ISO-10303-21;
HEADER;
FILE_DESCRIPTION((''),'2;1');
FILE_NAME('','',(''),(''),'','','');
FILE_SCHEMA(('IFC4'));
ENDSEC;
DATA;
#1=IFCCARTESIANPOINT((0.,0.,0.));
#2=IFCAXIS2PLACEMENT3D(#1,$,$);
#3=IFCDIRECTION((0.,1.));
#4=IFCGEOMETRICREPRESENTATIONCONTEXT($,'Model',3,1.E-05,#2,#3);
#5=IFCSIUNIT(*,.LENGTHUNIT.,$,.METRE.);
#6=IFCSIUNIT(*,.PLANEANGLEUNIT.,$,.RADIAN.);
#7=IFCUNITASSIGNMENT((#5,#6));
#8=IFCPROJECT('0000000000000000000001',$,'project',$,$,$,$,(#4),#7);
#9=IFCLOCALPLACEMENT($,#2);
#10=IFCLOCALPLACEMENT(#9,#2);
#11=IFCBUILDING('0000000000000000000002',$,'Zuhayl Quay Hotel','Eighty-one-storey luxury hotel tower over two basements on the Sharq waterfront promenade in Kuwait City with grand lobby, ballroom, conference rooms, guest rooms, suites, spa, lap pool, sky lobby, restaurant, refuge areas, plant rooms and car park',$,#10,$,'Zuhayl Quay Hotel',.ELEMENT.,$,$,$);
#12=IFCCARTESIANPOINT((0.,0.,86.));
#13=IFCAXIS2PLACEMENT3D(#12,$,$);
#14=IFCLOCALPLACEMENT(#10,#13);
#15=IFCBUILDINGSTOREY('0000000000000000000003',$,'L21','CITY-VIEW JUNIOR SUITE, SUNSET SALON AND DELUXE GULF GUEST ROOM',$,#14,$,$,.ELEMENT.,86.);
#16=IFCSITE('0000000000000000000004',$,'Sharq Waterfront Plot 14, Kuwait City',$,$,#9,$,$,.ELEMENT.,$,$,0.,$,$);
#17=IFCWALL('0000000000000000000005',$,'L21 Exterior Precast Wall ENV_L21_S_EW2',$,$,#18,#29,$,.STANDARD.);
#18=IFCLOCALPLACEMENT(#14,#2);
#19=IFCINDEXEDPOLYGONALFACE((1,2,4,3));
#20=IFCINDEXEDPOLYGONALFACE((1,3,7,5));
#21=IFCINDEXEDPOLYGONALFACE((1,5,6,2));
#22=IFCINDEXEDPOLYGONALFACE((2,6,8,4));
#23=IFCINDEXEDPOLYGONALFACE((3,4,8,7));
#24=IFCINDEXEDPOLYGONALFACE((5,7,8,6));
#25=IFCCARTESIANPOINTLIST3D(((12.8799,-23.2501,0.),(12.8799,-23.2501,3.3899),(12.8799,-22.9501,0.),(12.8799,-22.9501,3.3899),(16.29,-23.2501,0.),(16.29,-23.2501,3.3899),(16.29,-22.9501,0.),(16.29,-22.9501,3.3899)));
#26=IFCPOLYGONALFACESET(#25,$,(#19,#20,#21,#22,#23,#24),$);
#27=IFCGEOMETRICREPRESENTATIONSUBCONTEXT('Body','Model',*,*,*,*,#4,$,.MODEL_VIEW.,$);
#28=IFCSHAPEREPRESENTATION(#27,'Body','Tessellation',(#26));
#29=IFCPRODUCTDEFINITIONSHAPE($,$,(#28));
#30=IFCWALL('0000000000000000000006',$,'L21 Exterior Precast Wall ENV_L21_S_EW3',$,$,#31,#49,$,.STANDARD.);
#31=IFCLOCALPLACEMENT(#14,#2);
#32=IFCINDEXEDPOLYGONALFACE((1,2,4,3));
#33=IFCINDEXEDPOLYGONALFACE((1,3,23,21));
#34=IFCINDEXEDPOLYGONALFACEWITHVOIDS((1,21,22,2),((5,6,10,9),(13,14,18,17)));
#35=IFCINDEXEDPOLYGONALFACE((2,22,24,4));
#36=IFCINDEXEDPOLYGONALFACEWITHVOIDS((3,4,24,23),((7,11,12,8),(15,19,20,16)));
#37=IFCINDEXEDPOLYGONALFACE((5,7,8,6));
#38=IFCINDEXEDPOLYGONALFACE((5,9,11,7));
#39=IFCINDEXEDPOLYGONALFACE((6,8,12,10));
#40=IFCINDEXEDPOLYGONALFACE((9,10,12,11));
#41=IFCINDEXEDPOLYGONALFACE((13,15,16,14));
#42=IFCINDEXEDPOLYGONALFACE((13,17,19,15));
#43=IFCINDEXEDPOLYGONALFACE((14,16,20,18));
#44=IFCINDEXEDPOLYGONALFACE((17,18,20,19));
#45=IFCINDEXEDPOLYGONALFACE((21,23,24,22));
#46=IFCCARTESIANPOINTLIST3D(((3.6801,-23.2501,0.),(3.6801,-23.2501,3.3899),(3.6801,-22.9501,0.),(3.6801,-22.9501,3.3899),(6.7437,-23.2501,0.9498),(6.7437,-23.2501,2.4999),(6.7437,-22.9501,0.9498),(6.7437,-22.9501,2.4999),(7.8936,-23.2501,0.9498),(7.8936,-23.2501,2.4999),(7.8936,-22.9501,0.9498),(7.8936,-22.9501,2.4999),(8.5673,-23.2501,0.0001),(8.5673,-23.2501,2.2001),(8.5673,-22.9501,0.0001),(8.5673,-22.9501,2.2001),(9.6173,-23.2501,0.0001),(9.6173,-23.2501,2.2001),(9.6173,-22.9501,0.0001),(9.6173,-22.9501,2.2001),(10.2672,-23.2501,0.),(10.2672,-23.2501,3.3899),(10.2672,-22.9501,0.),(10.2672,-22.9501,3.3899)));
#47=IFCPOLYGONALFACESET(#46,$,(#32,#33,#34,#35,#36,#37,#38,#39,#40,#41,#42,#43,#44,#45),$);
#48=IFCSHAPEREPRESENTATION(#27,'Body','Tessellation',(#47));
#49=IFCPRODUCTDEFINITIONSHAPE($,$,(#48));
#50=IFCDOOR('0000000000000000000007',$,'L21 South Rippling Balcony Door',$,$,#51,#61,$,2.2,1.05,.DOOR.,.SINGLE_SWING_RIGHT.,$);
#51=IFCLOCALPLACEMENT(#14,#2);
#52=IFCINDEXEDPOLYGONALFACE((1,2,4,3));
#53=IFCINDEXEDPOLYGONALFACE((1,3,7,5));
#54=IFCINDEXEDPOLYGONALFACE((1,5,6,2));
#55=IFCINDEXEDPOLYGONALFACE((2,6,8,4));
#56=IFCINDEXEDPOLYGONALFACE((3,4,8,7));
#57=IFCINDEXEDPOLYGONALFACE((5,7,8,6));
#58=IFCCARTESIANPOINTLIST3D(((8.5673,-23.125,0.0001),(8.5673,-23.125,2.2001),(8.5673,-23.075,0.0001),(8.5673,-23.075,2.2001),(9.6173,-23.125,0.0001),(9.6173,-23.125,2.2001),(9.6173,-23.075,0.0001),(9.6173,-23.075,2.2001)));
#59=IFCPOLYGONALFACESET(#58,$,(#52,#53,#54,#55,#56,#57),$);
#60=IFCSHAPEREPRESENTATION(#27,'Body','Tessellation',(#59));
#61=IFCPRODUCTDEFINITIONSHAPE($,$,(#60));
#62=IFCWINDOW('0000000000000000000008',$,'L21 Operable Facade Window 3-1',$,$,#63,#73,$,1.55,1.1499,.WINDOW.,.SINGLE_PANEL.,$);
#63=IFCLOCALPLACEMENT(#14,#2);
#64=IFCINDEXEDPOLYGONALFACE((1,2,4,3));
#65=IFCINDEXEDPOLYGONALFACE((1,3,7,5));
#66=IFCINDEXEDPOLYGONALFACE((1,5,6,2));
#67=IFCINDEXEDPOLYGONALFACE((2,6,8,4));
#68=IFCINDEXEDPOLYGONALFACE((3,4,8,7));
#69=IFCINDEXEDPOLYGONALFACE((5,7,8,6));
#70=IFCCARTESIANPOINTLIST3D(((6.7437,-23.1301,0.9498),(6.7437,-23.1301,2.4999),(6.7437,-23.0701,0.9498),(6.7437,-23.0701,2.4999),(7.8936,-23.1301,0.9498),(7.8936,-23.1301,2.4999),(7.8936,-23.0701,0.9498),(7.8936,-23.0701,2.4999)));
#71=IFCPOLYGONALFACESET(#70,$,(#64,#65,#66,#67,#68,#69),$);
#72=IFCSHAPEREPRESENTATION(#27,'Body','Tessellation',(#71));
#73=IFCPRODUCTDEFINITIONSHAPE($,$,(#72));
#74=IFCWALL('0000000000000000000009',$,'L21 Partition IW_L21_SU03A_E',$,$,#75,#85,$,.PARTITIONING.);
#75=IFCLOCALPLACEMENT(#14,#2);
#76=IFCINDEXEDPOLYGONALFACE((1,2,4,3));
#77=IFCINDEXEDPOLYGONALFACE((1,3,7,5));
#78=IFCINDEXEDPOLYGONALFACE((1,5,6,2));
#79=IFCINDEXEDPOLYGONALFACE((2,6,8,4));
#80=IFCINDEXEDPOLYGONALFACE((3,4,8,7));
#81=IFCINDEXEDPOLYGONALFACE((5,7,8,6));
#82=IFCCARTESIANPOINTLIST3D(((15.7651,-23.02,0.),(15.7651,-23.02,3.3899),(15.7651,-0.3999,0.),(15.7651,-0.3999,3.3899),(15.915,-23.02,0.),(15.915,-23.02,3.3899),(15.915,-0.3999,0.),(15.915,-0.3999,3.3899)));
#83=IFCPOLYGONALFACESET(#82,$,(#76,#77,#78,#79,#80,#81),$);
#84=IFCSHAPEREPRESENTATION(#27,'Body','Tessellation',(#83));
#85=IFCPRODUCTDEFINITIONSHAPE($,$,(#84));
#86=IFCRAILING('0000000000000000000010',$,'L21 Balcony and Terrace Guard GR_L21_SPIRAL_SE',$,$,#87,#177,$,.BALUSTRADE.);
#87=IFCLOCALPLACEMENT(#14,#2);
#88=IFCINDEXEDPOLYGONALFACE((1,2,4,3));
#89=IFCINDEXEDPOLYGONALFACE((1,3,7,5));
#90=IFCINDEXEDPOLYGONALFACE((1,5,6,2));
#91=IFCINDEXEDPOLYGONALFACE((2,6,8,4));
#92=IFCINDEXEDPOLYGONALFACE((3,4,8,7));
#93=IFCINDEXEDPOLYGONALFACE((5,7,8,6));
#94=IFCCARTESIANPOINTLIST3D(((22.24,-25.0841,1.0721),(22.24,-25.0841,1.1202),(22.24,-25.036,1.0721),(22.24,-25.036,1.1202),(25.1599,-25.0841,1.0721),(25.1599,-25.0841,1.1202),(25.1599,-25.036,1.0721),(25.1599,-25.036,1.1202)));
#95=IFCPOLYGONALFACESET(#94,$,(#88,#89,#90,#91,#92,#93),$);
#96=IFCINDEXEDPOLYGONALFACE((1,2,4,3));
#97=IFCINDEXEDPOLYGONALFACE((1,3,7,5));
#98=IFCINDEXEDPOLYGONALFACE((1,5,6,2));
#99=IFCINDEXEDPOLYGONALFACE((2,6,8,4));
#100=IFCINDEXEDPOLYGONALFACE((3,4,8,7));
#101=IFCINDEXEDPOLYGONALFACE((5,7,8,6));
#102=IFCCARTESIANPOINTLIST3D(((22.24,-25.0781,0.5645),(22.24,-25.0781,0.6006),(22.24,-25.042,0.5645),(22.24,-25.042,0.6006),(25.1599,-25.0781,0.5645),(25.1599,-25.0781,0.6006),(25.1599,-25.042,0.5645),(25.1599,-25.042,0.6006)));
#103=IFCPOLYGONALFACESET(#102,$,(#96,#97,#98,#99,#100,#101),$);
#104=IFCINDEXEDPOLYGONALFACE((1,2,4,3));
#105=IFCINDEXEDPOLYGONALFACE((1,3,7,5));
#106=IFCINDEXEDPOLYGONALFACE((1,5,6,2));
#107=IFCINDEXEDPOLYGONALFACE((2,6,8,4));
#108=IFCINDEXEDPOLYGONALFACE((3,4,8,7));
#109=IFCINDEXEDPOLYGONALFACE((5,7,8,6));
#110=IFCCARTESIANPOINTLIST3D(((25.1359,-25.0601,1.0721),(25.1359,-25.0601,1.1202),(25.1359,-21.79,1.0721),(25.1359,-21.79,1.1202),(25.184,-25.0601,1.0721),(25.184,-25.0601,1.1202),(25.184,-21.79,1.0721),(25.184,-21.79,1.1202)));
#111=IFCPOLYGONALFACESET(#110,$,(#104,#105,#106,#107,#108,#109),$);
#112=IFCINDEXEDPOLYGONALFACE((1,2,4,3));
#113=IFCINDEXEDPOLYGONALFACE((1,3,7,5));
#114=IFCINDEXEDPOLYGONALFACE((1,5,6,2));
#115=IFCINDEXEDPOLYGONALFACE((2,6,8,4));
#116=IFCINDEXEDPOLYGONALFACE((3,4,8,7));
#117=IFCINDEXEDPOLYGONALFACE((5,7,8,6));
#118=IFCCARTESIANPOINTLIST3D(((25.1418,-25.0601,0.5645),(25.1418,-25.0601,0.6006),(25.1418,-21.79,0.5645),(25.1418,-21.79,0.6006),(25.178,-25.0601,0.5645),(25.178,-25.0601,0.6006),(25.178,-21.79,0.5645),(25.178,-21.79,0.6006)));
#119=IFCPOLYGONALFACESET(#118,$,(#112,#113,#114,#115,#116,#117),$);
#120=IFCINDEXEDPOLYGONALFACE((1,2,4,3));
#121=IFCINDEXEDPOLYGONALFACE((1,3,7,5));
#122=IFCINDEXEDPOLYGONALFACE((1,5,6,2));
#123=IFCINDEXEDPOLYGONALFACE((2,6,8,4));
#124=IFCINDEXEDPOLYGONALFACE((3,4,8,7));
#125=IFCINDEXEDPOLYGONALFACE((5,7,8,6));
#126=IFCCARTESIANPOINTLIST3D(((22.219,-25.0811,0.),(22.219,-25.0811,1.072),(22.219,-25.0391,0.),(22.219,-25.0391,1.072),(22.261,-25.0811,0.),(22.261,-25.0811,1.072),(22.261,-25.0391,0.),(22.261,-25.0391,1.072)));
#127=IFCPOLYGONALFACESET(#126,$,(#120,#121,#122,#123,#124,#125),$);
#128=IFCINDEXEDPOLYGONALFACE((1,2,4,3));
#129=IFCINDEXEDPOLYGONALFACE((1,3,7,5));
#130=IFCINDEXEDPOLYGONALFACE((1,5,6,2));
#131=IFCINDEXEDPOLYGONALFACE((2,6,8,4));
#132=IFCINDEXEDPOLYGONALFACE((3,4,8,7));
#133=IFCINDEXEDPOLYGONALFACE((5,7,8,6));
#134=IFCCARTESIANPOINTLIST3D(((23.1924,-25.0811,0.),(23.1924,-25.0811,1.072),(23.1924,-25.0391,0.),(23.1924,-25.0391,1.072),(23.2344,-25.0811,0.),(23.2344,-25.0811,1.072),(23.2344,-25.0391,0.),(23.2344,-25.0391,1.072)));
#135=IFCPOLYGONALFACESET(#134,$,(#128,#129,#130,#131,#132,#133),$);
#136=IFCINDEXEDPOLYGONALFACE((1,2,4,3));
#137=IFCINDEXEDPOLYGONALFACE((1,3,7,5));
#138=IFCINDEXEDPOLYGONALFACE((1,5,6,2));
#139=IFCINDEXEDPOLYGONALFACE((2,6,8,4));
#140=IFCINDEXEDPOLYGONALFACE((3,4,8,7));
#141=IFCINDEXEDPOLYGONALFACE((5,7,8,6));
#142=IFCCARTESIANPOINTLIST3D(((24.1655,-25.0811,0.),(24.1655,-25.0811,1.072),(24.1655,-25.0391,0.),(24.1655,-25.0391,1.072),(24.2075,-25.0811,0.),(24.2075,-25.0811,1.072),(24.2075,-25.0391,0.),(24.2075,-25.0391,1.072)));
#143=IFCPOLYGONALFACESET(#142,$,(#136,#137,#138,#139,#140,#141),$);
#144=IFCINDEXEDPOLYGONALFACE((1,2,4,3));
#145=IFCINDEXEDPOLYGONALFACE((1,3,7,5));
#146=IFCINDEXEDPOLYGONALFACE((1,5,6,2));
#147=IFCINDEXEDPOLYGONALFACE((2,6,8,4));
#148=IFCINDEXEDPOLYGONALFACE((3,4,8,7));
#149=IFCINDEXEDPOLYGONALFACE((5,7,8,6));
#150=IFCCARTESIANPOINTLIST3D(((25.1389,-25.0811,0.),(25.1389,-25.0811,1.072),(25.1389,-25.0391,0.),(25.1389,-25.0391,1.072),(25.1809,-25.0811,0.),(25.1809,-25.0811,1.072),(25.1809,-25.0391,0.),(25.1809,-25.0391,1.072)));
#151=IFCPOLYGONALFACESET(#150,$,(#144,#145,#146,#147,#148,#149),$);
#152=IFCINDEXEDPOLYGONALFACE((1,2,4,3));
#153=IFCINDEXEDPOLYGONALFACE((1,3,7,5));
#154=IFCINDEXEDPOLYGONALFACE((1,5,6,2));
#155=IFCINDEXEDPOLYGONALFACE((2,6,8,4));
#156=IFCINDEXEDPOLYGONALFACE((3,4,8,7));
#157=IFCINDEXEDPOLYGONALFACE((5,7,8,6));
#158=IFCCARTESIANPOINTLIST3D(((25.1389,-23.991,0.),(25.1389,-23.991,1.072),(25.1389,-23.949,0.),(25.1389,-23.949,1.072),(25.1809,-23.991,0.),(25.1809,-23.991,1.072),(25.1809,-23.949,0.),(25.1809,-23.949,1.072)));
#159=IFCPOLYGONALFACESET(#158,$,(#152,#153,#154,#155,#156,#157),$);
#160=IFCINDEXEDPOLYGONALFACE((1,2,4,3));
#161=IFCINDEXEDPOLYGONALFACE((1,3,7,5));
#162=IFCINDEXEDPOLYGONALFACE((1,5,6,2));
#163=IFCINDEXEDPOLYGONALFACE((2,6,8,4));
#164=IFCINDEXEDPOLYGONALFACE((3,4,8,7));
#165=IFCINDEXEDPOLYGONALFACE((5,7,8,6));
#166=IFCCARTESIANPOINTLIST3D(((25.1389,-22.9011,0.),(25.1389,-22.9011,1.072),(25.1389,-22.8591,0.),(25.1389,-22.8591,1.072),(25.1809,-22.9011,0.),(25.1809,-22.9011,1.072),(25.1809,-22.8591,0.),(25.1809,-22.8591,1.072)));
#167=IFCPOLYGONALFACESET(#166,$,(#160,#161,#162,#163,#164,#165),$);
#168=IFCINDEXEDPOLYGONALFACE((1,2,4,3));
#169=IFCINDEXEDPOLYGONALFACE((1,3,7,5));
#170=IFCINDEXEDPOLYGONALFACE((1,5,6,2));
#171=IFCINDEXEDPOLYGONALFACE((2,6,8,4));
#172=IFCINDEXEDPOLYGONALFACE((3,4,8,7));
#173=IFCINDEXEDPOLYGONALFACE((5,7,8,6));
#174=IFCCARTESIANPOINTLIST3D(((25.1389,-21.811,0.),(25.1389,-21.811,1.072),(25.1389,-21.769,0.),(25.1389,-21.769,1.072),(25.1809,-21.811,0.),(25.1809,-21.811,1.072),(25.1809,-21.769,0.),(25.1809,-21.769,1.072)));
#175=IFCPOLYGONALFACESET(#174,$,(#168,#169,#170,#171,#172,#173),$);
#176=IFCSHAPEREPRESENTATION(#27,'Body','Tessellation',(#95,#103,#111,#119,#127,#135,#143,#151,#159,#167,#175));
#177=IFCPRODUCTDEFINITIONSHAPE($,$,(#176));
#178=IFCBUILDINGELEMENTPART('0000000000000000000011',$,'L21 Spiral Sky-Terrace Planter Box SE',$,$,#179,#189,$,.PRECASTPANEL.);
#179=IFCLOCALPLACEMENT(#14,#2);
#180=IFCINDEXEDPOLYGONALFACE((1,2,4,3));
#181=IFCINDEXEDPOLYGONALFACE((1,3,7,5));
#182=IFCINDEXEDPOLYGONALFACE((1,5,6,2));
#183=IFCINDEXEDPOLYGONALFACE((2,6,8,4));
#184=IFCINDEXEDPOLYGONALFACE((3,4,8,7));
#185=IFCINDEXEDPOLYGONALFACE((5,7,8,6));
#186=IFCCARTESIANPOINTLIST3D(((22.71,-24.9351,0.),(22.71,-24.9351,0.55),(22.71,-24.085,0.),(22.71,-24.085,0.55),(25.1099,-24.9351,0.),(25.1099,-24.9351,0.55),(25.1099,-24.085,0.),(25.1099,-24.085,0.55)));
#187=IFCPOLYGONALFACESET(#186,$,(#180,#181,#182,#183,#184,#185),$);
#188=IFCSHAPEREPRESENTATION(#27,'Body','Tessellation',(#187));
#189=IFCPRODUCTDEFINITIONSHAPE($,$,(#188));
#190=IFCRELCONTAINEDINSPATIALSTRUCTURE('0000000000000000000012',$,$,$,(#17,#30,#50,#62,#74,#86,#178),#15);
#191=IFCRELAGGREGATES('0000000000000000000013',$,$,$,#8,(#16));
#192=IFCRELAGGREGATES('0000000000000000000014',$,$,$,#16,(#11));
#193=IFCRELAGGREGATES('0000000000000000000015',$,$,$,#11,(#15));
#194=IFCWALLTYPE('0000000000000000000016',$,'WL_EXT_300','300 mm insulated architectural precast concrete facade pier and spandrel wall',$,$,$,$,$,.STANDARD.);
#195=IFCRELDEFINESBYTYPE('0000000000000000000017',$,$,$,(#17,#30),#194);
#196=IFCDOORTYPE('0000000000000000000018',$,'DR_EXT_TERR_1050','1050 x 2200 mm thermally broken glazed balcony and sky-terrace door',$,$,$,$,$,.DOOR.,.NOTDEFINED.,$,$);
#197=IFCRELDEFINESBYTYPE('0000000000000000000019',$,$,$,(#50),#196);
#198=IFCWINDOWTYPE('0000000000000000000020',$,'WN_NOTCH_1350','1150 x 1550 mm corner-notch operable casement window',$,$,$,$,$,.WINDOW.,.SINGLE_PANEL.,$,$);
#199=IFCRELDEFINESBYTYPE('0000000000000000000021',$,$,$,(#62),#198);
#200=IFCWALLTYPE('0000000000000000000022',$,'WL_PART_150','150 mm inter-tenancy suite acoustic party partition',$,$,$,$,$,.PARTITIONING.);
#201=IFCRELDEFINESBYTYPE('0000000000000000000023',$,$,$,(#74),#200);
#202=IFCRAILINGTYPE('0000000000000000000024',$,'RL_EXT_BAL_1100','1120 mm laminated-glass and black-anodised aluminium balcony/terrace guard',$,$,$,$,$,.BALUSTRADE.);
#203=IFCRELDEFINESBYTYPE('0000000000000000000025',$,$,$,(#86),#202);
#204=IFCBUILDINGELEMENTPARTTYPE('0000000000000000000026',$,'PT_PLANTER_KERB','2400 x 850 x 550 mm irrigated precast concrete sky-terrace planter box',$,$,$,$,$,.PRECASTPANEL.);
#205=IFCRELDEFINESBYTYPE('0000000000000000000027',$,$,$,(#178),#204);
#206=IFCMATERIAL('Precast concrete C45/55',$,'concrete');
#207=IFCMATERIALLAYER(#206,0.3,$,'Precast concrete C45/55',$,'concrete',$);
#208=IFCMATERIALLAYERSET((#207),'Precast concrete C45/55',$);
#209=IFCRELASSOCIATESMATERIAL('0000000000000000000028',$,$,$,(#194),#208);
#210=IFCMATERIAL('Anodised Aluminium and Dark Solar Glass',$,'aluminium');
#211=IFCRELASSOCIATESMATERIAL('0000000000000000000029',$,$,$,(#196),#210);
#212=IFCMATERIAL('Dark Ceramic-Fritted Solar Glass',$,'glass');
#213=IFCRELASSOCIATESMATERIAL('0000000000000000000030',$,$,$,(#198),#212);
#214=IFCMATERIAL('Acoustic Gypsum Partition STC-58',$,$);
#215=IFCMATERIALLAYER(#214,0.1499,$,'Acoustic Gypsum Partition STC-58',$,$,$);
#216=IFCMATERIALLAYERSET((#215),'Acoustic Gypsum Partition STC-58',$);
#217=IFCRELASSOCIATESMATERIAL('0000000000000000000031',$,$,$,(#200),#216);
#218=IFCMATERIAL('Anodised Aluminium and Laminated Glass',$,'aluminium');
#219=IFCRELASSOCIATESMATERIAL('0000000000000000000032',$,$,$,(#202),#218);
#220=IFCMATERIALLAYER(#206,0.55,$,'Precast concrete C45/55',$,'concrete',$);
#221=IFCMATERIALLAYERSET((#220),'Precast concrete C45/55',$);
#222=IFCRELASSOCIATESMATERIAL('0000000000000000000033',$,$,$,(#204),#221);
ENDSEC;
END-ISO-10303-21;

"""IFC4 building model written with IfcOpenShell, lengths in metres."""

from ifc_helpers import new_model, si_unit, direction, frame, frame_2d, origin, origin_2d, place, context, subcontext, project, spatial, rectangle, extrude, material, layer, layer_set, type_object, element, fill, save


model = new_model("IFC4")

# Units and contexts
model_context = context("Model", 3, precision=1e-05, world=origin(), true_north=direction((0.0, 1.0)))
body_context = subcontext(model_context, "Body", "Model", "MODEL_VIEW")
ifc_project = project(units=[si_unit("LENGTHUNIT", "METRE"), si_unit("PLANEANGLEUNIT", "RADIAN")], contexts=[model_context])

# Site, building, storey
site_placement = place(None, origin())
site = spatial("IfcSite", under=ifc_project, at=site_placement, Name="Sharq Waterfront Plot 14, Kuwait City", CompositionType="ELEMENT", RefElevation=0.0)
building_placement = place(site_placement, origin())
building = spatial("IfcBuilding", under=site, at=building_placement, Name="Zuhayl Quay Hotel", Description="Eighty-one-storey luxury hotel tower over two basements on the Sharq waterfront promenade in Kuwait City with grand lobby, ballroom, conference rooms, guest rooms, suites, spa, lap pool, sky lobby, restaurant, refuge areas, plant rooms and car park", LongName="Zuhayl Quay Hotel", CompositionType="ELEMENT")
storey_placement = place(building_placement, frame((0.0, 0.0, 86.0)))
storey = spatial("IfcBuildingStorey", under=building, at=storey_placement, Name="L21", Description="CITY-VIEW JUNIOR SUITE, SUNSET SALON AND DELUXE GULF GUEST ROOM", CompositionType="ELEMENT", Elevation=86.0)

# Shared definitions
ifc_material_1 = material(Name="Dark Ceramic-Fritted Solar Glass", Category="glass")

# Shared definitions
ifc_material_2 = material(Name="Precast concrete C45/55", Category="concrete")
ifc_layer_1 = layer(ifc_material_2, 0.3, Name="Precast concrete C45/55", Category="concrete")
ifc_layer_set_1 = layer_set([ifc_layer_1], Name="Precast concrete C45/55")
wall_type_1 = type_object("IfcWallType", Name="WL_EXT_300", Description="300 mm insulated architectural precast concrete facade pier and spandrel wall", PredefinedType="STANDARD", material=ifc_layer_set_1)

# Shared definitions
ifc_material_3 = material(Name="Anodised Aluminium and Dark Solar Glass", Category="aluminium")
door_type = type_object("IfcDoorType", Name="DR_EXT_TERR_1050", Description="1050 x 2200 mm thermally broken glazed balcony and sky-terrace door", OperationType="NOTDEFINED", PredefinedType="DOOR", material=ifc_material_3)

# Wall
wall_1_placement = place(storey_placement, frame((16.29, -23.1001, 0.0), z_axis=(0.0, 0.0, 1.0), x_axis=(-1.0, 0.0, 0.0)))
element("IfcWall", 1, at=wall_1_placement, inside=storey, type_object=wall_type_1, Name="L21 Exterior Precast Wall ENV_L21_S_EW2", PredefinedType="STANDARD", context=body_context, shape_type="SweptSolid", body=[
    extrude(rectangle(XDim=3.4102, YDim=0.3, at=frame_2d((1.7051, 0.0))), origin(), (0.0, 0.0, 1.0), 3.3899),
])

# Wall, openings, door, window
wall_2_placement = place(storey_placement, frame((10.2671, -23.1001, 0.0), z_axis=(0.0, 0.0, 1.0), x_axis=(-1.0, 0.0, 0.0)))
wall_2 = element("IfcWall", 2, at=wall_2_placement, inside=storey, type_object=wall_type_1, Name="L21 Exterior Precast Wall ENV_L21_S_EW3", PredefinedType="STANDARD", context=body_context, shape_type="SweptSolid", body=[
    extrude(rectangle(XDim=6.5872, YDim=0.3, at=frame_2d((3.2935, 0.0))), origin(), (0.0, 0.0, 1.0), 3.3899),
])
opening_1_placement = place(wall_2_placement, frame((0.6499, 0.0, 0.0)))
opening_1 = element("IfcOpeningElement", 3, at=opening_1_placement, cuts=wall_2, PredefinedType="OPENING", context=body_context, shape_type="SweptSolid", body=[
    extrude(rectangle(XDim=1.05, YDim=2.2, at=frame_2d((0.5249, 1.1001))), frame((0.0, 0.1599, 0.0), z_axis=(0.0, -1.0, 0.0), x_axis=(1.0, 0.0, 0.0)), (0.0, 0.0, 1.0), 0.3201),
])
opening_2_placement = place(wall_2_placement, frame((2.3735, 0.0, 0.95)))
opening_2 = element("IfcOpeningElement", 4, at=opening_2_placement, cuts=wall_2, PredefinedType="OPENING", context=body_context, shape_type="SweptSolid", body=[
    extrude(rectangle(XDim=1.1499, YDim=1.55, at=frame_2d((0.575, 0.7749))), frame((0.0, 0.1599, 0.0), z_axis=(0.0, -1.0, 0.0), x_axis=(1.0, 0.0, 0.0)), (0.0, 0.0, 1.0), 0.3201),
])
door_1_placement = place(opening_1_placement, origin())
door_1 = element("IfcDoor", 5, at=door_1_placement, inside=storey, type_object=door_type, Name="L21 South Rippling Balcony Door", OperationType="SINGLE_SWING_RIGHT", OverallHeight=2.2, OverallWidth=1.05, PredefinedType="DOOR", context=body_context, shape_type="SweptSolid", body=[
    extrude(rectangle(XDim=1.05, YDim=2.2, at=frame_2d((0.5249, 1.1001))), frame((0.0, 0.0249, 0.0), z_axis=(0.0, -1.0, 0.0), x_axis=(1.0, 0.0, 0.0)), (0.0, 0.0, 1.0), 0.05),
])
fill(opening_1, door_1)
window_type = type_object("IfcWindowType", Name="WN_NOTCH_1350", Description="1150 x 1550 mm corner-notch operable casement window", PartitioningType="SINGLE_PANEL", PredefinedType="WINDOW", material=ifc_material_1)
window_placement = place(opening_2_placement, origin())
window = element("IfcWindow", 6, at=window_placement, inside=storey, type_object=window_type, Name="L21 Operable Facade Window 3-1", OverallHeight=1.55, OverallWidth=1.1499, PartitioningType="SINGLE_PANEL", PredefinedType="WINDOW", context=body_context, shape_type="SweptSolid", body=[
    extrude(rectangle(XDim=1.1499, YDim=1.55, at=frame_2d((0.575, 0.7749))), frame((0.0, 0.03, 0.0), z_axis=(0.0, -1.0, 0.0), x_axis=(1.0, 0.0, 0.0)), (0.0, 0.0, 1.0), 0.0601),
])
fill(opening_2, window)

# Wall
ifc_material_4 = material(Name="Acoustic Gypsum Partition STC-58")
ifc_layer_2 = layer(ifc_material_4, 0.1499, Name="Acoustic Gypsum Partition STC-58")
ifc_layer_set_2 = layer_set([ifc_layer_2], Name="Acoustic Gypsum Partition STC-58")
wall_type_2 = type_object("IfcWallType", Name="WL_PART_150", Description="150 mm inter-tenancy suite acoustic party partition", PredefinedType="PARTITIONING", material=ifc_layer_set_2)
wall_3_placement = place(storey_placement, frame((15.8401, -23.02, 0.0), z_axis=(0.0, 0.0, 1.0), x_axis=(0.0, 1.0, 0.0)))
element("IfcWall", 7, at=wall_3_placement, inside=storey, type_object=wall_type_2, Name="L21 Partition IW_L21_SU03A_E", PredefinedType="PARTITIONING", context=body_context, shape_type="SweptSolid", body=[
    extrude(rectangle(XDim=22.6201, YDim=0.1499, at=frame_2d((11.3101, 0.0))), origin(), (0.0, 0.0, 1.0), 3.3899),
])

# Railing
ifc_material_5 = material(Name="Anodised Aluminium and Laminated Glass", Category="aluminium")
railing_type = type_object("IfcRailingType", Name="RL_EXT_BAL_1100", Description="1120 mm laminated-glass and black-anodised aluminium balcony/terrace guard", PredefinedType="BALUSTRADE", material=ifc_material_5)
railing_placement = place(storey_placement, frame((22.24, -25.0601, 0.0)))
element("IfcRailing", 8, at=railing_placement, inside=storey, type_object=railing_type, Name="L21 Balcony and Terrace Guard GR_L21_SPIRAL_SE", PredefinedType="BALUSTRADE", context=body_context, shape_type="SweptSolid", body=[
    extrude(rectangle(XDim=0.0481, YDim=0.0481, at=origin_2d()), frame((0.0, 0.0, 1.0962), z_axis=(1.0, 0.0, 0.0), x_axis=(0.0, 1.0, 0.0)), (0.0, 0.0, 1.0), 2.9199),
    extrude(rectangle(XDim=0.0361, YDim=0.0361, at=origin_2d()), frame((0.0, 0.0, 0.5825), z_axis=(1.0, 0.0, 0.0), x_axis=(0.0, 1.0, 0.0)), (0.0, 0.0, 1.0), 2.9199),
    extrude(rectangle(XDim=0.0481, YDim=0.0481, at=origin_2d()), frame((2.9199, 0.0, 1.0962), z_axis=(0.0, 1.0, 0.0), x_axis=(-1.0, 0.0, 0.0)), (0.0, 0.0, 1.0), 3.27),
    extrude(rectangle(XDim=0.0361, YDim=0.0361, at=origin_2d()), frame((2.9199, 0.0, 0.5825), z_axis=(0.0, 1.0, 0.0), x_axis=(-1.0, 0.0, 0.0)), (0.0, 0.0, 1.0), 3.27),
    extrude(rectangle(XDim=0.042, YDim=0.042, at=origin_2d()), origin(), (0.0, 0.0, 1.0), 1.072),
    extrude(rectangle(XDim=0.042, YDim=0.042, at=origin_2d()), frame((0.9734, 0.0, 0.0)), (0.0, 0.0, 1.0), 1.072),
    extrude(rectangle(XDim=0.042, YDim=0.042, at=origin_2d()), frame((1.9465, 0.0, 0.0)), (0.0, 0.0, 1.0), 1.072),
    extrude(rectangle(XDim=0.042, YDim=0.042, at=origin_2d()), frame((2.9199, 0.0, 0.0)), (0.0, 0.0, 1.0), 1.072),
    extrude(rectangle(XDim=0.042, YDim=0.042, at=origin_2d()), frame((2.9199, 1.0901, 0.0)), (0.0, 0.0, 1.0), 1.072),
    extrude(rectangle(XDim=0.042, YDim=0.042, at=origin_2d()), frame((2.9199, 2.1799, 0.0)), (0.0, 0.0, 1.0), 1.072),
    extrude(rectangle(XDim=0.042, YDim=0.042, at=origin_2d()), frame((2.9199, 3.27, 0.0)), (0.0, 0.0, 1.0), 1.072),
])

# Building element part
ifc_layer_3 = layer(ifc_material_2, 0.55, Name="Precast concrete C45/55", Category="concrete")
ifc_layer_set_3 = layer_set([ifc_layer_3], Name="Precast concrete C45/55")
building_element_part_type = type_object("IfcBuildingElementPartType", Name="PT_PLANTER_KERB", Description="2400 x 850 x 550 mm irrigated precast concrete sky-terrace planter box", PredefinedType="PRECASTPANEL", material=ifc_layer_set_3)
building_element_part_placement = place(storey_placement, frame((23.9099, -24.51, 0.0), z_axis=(0.0, 0.0, 1.0), x_axis=(1.0, 0.0, 0.0)))
element("IfcBuildingElementPart", 9, at=building_element_part_placement, inside=storey, type_object=building_element_part_type, Name="L21 Spiral Sky-Terrace Planter Box SE", PredefinedType="PRECASTPANEL", context=body_context, shape_type="SweptSolid", body=[
    extrude(rectangle(XDim=2.3999, YDim=0.8501, at=origin_2d()), origin(), (0.0, 0.0, 1.0), 0.55),
])

save(model, "model.ifc")
